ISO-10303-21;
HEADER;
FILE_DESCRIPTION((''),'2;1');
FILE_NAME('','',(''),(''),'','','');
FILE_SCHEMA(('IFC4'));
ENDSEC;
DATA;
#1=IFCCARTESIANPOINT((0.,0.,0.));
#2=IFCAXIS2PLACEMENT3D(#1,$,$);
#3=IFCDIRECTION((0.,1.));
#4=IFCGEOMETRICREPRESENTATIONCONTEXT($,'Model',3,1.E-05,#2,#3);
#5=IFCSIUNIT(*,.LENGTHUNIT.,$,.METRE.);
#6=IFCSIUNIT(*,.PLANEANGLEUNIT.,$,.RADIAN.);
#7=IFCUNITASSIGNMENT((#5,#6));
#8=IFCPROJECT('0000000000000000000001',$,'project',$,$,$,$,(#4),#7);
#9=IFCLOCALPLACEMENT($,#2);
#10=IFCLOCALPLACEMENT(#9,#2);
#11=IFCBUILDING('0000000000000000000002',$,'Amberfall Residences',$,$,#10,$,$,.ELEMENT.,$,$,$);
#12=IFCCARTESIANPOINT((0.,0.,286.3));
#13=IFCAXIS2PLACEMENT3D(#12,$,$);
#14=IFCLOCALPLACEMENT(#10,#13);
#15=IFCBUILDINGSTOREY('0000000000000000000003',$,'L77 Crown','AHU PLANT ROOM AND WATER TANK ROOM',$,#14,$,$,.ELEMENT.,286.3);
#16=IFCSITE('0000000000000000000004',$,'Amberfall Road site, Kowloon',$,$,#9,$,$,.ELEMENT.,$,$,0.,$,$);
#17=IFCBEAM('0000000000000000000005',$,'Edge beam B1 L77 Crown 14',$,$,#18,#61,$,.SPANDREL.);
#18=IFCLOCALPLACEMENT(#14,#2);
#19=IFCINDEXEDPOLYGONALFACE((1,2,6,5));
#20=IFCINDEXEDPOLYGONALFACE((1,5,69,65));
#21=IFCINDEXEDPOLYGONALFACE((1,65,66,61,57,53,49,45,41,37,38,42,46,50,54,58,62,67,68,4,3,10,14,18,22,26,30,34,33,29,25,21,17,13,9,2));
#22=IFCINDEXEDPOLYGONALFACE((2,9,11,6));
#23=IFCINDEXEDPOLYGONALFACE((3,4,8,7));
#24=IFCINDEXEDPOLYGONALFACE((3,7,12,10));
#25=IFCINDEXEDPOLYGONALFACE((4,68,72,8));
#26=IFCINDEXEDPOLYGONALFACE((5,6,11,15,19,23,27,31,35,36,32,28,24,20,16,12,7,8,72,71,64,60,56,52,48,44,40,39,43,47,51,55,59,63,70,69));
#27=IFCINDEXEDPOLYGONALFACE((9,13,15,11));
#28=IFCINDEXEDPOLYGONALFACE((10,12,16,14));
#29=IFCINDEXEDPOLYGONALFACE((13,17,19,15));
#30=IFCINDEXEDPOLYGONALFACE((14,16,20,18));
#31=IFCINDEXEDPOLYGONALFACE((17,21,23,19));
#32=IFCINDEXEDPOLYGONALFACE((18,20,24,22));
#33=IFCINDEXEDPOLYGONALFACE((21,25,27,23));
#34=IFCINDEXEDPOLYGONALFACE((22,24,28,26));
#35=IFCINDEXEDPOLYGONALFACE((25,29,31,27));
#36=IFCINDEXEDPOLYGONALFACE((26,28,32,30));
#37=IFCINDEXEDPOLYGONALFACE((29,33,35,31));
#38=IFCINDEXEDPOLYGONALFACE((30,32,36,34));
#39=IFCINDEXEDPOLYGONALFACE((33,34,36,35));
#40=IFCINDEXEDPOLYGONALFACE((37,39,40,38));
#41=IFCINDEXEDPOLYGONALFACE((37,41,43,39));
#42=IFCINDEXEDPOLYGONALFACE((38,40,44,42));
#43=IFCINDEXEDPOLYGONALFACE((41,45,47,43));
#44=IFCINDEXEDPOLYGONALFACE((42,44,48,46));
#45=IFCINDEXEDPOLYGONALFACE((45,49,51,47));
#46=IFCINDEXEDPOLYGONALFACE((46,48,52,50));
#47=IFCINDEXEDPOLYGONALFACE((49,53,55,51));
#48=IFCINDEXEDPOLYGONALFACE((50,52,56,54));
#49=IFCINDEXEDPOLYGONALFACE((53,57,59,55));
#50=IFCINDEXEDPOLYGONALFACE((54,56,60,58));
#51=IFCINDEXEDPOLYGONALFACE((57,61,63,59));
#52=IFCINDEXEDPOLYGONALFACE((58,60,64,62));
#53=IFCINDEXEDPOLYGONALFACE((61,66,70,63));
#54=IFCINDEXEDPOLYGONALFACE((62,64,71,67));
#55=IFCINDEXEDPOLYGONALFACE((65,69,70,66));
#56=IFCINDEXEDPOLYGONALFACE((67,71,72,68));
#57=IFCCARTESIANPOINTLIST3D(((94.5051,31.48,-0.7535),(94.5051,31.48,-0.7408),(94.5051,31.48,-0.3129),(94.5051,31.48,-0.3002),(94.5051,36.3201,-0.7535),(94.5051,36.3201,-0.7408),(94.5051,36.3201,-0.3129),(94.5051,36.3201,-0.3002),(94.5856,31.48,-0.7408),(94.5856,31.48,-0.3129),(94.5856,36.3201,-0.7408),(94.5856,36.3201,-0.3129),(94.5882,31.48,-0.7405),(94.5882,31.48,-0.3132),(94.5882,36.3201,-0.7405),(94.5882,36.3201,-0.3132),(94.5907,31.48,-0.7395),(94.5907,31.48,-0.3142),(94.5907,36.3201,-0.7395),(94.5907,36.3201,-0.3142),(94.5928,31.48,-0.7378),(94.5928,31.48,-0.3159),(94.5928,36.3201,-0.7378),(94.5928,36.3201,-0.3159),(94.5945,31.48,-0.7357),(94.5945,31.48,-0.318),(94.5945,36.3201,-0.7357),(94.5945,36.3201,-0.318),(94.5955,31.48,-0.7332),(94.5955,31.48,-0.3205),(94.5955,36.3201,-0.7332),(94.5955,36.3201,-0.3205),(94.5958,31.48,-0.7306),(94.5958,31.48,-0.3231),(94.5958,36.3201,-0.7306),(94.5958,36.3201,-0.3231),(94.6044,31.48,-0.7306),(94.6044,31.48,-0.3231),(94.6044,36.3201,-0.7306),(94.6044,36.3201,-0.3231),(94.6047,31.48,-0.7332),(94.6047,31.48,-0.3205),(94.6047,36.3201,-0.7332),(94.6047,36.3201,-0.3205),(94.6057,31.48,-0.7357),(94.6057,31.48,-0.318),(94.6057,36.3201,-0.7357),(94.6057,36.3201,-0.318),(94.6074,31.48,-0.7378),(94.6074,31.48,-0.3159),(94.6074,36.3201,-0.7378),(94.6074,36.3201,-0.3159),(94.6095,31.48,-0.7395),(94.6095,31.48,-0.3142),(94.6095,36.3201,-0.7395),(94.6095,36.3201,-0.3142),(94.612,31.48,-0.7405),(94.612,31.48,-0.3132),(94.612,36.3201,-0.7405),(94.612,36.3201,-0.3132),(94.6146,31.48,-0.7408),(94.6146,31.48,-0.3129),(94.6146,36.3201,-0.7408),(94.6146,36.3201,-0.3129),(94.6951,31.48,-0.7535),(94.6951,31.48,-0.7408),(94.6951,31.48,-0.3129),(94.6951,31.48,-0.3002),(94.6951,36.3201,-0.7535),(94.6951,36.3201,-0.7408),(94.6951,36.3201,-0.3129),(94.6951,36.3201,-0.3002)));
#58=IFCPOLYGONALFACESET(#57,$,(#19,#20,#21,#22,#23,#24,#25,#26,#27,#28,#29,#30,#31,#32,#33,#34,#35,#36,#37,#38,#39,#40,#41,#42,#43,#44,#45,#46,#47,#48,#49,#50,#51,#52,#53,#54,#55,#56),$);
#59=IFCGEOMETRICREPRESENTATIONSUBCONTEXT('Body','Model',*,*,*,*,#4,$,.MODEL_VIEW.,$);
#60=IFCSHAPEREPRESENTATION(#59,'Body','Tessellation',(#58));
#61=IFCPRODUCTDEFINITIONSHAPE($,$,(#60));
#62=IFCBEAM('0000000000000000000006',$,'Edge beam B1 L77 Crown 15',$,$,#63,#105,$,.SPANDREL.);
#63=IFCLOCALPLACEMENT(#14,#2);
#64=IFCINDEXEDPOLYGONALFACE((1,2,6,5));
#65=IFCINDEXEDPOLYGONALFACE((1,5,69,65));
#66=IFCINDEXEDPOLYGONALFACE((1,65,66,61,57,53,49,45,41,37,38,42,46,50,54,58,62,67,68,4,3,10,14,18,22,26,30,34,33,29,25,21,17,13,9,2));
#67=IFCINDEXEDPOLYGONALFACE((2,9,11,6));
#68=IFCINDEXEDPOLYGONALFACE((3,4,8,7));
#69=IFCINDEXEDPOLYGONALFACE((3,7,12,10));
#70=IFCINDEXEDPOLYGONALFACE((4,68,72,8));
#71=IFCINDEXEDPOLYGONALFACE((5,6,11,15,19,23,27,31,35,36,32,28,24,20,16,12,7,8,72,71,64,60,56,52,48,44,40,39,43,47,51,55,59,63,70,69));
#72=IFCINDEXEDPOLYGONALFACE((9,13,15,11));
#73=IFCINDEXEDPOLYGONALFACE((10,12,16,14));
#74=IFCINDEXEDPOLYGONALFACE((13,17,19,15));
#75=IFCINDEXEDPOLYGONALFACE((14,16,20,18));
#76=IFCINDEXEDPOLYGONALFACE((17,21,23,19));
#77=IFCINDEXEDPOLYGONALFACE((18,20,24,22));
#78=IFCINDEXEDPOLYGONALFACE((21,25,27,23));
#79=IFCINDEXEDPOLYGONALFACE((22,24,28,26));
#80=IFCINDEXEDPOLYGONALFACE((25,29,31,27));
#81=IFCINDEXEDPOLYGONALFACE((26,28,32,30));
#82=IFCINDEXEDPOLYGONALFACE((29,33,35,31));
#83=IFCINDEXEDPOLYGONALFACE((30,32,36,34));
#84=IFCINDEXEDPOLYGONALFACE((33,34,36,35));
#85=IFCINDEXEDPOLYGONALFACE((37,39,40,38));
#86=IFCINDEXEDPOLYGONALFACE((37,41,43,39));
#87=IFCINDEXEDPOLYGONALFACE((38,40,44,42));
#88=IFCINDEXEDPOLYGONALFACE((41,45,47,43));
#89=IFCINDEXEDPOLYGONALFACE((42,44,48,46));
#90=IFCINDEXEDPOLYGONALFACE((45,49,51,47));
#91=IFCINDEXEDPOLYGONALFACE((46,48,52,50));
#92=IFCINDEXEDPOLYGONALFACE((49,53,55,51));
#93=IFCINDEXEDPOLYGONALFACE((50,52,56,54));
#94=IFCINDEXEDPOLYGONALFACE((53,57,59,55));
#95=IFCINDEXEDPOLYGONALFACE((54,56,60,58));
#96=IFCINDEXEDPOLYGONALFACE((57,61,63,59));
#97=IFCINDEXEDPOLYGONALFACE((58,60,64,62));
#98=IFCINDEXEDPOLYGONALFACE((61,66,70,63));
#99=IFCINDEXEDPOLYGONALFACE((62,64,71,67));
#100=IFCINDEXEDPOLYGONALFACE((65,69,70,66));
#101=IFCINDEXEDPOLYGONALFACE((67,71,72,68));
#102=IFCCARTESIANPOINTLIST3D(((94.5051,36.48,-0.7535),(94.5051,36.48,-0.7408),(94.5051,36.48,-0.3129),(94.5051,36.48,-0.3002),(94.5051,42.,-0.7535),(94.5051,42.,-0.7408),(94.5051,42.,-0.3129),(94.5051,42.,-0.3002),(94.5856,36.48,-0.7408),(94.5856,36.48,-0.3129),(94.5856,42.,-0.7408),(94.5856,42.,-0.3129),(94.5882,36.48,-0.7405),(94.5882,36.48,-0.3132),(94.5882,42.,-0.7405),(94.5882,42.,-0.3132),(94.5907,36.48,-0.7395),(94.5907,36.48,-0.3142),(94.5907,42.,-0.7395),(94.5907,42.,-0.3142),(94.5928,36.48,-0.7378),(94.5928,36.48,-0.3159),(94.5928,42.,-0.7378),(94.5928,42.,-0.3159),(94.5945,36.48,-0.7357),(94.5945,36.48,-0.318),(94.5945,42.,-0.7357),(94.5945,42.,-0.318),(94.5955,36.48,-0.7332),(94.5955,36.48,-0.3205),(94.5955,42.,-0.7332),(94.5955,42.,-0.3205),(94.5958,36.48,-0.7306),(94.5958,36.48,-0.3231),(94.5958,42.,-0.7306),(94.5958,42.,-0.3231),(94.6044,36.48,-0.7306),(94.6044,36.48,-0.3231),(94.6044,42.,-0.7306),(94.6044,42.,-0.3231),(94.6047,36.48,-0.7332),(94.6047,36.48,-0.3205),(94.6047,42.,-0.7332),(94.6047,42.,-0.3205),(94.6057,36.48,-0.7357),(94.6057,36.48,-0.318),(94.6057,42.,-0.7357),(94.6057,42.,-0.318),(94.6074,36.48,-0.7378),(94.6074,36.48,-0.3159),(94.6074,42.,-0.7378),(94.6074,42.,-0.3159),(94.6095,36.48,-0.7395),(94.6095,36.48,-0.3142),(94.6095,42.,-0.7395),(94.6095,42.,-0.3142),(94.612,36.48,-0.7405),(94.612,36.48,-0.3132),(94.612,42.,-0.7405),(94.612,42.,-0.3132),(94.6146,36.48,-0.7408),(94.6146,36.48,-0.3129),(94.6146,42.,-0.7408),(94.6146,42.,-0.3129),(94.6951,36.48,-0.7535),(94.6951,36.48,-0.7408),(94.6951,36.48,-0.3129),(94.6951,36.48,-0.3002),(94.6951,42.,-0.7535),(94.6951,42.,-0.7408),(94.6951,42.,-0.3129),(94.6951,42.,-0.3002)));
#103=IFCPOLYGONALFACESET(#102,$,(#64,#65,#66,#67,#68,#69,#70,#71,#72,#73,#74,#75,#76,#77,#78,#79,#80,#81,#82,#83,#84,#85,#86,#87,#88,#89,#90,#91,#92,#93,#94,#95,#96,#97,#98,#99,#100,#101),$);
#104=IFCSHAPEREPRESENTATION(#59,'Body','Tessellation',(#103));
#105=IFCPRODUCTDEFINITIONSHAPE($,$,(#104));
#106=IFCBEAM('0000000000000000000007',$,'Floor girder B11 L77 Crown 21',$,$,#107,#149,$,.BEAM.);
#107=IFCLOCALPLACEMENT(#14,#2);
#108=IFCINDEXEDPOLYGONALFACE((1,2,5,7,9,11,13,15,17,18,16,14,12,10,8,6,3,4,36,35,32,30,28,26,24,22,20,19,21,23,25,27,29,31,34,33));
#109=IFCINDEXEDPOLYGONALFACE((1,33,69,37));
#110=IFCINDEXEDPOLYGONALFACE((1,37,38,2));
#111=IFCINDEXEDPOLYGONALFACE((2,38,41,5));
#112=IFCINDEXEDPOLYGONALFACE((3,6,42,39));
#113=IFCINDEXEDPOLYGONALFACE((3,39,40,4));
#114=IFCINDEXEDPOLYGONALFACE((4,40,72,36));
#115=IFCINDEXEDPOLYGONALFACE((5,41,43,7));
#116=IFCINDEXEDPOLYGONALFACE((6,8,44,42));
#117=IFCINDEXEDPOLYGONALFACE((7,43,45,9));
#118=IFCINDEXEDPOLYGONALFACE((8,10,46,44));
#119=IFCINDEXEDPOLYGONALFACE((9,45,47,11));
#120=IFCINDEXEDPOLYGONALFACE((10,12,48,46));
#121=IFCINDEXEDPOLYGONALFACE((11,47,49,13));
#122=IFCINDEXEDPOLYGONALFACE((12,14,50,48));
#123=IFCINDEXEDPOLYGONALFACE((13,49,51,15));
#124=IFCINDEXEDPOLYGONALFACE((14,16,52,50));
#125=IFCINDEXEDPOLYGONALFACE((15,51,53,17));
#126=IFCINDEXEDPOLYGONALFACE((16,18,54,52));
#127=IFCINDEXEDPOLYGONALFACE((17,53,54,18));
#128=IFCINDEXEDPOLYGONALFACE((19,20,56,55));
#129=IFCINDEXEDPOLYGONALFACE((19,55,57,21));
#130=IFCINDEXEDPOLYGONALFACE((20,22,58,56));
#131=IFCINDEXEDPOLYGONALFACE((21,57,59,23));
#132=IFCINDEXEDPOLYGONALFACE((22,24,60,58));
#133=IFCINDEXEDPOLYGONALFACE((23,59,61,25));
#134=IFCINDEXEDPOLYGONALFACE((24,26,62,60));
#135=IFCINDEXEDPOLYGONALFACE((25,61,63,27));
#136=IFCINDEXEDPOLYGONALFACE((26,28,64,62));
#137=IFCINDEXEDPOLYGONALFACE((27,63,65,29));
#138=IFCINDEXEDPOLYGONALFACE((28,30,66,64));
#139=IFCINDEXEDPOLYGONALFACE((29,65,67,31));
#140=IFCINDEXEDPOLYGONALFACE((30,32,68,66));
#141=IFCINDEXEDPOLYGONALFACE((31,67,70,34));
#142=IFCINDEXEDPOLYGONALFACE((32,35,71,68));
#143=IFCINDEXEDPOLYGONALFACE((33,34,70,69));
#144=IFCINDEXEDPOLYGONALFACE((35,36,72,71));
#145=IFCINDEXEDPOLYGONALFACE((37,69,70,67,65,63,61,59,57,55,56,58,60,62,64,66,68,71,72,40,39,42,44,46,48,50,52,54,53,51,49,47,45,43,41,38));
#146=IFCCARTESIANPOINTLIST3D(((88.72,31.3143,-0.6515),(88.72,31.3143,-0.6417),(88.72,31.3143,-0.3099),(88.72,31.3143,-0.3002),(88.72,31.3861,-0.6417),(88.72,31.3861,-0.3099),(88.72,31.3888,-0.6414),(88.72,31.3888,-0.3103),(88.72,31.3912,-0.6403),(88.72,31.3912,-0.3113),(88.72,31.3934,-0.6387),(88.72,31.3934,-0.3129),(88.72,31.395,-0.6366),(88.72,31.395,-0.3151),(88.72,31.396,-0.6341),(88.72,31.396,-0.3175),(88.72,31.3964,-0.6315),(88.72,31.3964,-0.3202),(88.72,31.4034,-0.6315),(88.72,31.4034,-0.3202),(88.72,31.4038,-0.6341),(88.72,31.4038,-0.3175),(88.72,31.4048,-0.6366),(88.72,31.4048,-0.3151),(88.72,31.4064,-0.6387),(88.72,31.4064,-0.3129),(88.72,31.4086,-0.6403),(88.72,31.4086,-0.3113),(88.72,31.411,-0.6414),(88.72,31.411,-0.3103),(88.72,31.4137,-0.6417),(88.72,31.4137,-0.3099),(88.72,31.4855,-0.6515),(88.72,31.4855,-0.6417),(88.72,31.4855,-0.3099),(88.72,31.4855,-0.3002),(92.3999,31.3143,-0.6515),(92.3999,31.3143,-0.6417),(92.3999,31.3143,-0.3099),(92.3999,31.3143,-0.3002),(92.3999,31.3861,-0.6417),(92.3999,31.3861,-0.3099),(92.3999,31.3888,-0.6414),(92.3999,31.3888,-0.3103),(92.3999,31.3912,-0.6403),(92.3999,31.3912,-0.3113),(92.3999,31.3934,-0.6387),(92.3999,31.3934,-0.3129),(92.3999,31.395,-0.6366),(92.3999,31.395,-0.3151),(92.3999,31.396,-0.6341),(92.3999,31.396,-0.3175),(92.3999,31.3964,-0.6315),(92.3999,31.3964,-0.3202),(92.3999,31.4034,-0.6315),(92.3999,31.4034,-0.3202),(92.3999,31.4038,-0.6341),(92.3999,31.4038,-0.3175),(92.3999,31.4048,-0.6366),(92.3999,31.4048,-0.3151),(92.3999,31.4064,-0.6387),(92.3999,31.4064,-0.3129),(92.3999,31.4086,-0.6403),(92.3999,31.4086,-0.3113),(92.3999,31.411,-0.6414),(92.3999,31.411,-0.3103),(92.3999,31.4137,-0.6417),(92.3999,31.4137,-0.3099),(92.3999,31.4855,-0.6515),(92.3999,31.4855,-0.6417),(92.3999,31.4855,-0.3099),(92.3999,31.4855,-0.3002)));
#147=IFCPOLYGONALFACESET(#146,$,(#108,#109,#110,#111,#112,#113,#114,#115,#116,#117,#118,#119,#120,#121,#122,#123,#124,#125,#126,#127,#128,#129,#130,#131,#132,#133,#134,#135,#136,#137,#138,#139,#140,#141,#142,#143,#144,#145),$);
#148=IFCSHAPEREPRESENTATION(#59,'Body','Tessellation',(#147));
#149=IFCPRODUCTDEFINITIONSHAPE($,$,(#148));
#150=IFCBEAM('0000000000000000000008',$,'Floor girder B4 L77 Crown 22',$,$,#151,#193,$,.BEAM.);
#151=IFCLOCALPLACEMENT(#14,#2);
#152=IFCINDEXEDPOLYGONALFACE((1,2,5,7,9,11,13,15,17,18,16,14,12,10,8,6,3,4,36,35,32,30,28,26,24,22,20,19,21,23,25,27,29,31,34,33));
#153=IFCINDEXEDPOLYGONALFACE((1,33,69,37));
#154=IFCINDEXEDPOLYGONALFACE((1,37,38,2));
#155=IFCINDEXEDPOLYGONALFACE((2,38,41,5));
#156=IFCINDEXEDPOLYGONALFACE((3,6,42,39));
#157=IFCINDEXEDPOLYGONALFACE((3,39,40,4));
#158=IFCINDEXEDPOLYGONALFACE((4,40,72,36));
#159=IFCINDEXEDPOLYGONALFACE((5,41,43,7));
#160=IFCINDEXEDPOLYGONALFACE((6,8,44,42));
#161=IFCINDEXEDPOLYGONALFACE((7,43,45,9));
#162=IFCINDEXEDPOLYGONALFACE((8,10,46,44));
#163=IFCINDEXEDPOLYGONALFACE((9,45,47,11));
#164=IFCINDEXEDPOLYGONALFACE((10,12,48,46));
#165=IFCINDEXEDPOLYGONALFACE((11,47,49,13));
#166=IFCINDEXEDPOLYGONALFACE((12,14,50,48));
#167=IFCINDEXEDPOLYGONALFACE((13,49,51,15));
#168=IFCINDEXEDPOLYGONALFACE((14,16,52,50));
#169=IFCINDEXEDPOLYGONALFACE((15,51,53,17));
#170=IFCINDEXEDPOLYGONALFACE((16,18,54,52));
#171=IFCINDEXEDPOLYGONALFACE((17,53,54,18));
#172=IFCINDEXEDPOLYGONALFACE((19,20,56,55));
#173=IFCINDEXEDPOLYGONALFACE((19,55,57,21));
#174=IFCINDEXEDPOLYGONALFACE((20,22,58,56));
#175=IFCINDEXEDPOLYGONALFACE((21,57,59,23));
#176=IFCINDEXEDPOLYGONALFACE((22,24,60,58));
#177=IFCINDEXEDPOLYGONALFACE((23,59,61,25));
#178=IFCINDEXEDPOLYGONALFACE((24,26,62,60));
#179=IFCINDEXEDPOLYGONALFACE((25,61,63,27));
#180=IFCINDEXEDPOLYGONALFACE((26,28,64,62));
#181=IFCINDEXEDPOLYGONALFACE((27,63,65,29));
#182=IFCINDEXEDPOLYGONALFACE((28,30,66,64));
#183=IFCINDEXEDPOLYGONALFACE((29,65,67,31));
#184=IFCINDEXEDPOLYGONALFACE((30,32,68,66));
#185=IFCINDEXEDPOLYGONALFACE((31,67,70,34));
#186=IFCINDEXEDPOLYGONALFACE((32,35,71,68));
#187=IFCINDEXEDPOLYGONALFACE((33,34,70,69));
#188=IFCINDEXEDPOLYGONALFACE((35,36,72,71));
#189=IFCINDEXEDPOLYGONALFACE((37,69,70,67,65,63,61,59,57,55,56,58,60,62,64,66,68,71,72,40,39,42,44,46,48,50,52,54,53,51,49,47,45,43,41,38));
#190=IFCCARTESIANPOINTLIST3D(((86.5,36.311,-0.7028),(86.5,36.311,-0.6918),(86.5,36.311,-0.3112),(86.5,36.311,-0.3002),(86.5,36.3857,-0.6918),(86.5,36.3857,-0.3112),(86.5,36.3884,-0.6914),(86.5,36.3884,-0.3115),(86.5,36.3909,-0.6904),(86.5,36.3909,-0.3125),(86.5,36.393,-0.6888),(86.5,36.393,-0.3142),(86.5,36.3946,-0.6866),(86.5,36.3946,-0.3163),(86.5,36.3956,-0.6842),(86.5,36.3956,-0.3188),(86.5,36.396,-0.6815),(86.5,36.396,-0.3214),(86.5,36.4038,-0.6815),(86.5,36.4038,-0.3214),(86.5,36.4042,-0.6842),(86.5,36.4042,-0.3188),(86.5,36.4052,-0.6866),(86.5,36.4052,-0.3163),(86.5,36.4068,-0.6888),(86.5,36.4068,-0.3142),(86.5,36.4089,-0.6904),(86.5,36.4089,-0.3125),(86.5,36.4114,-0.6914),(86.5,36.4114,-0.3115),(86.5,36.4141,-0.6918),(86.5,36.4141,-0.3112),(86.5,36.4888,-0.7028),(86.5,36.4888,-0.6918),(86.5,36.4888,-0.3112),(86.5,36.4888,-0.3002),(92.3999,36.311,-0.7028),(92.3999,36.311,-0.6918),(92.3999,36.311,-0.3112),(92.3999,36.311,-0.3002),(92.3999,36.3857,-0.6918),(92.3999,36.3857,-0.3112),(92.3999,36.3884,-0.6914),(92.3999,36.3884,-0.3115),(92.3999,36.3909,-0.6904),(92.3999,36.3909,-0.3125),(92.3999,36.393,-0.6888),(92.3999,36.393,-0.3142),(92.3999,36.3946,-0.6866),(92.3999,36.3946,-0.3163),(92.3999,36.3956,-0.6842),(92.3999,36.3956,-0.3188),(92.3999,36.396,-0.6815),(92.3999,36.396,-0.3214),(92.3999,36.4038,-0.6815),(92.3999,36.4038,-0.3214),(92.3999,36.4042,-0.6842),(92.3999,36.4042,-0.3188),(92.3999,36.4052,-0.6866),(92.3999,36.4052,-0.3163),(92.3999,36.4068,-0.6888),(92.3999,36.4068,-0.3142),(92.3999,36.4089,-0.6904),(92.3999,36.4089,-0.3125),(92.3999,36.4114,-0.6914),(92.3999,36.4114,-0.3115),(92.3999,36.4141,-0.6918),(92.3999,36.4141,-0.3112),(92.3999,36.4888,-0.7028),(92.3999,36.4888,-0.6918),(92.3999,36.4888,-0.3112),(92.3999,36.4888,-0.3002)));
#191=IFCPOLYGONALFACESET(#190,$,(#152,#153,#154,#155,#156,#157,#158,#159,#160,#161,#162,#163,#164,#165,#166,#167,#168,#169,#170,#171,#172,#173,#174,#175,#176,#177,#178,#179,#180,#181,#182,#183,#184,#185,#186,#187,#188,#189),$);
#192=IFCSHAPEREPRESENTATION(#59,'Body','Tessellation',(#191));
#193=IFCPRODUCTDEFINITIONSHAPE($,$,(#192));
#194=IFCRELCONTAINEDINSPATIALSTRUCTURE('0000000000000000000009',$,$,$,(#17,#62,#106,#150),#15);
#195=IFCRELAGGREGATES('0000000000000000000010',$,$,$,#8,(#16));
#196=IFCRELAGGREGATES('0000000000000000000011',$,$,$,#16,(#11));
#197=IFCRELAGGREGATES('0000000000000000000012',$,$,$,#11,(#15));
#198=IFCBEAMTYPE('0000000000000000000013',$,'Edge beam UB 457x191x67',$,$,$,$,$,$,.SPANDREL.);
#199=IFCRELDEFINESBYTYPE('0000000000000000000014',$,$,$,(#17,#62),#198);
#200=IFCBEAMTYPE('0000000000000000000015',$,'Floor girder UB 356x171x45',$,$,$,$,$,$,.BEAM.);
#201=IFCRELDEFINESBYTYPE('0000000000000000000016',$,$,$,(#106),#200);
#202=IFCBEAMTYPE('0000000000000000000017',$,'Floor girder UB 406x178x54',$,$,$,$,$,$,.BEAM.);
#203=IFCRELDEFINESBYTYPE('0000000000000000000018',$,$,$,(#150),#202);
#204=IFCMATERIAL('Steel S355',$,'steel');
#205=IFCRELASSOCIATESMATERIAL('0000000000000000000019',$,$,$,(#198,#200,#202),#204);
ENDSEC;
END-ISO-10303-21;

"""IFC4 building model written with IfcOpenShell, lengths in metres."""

from ifc_helpers import new_model, si_unit, direction, frame, origin, origin_2d, place, context, subcontext, project, spatial, i_section, extrude, material, material_profile, profile_set, type_object, element, save


model = new_model("IFC4")

# Units and contexts
model_context = context("Model", 3, precision=1e-05, world=origin(), true_north=direction((0.0, 1.0)))
body_context = subcontext(model_context, "Body", "Model", "MODEL_VIEW")
ifc_project = project(units=[si_unit("LENGTHUNIT", "METRE"), si_unit("PLANEANGLEUNIT", "RADIAN")], contexts=[model_context])

# Site, building, storey
site_placement = place(None, origin())
site = spatial("IfcSite", under=ifc_project, at=site_placement, Name="Amberfall Road site, Kowloon", CompositionType="ELEMENT", RefElevation=0.0)
building_placement = place(site_placement, origin())
building = spatial("IfcBuilding", under=site, at=building_placement, Name="Amberfall Residences", CompositionType="ELEMENT")
storey_placement = place(building_placement, frame((0.0, 0.0, 286.3)))
storey = spatial("IfcBuildingStorey", under=building, at=storey_placement, Name="L77 Crown", Description="AHU PLANT ROOM AND WATER TANK ROOM", CompositionType="ELEMENT", Elevation=286.3)

# Beams
ifc_material_1 = material(Name="Steel S355", Category="steel")
ifc_material_profile_1 = material_profile(ifc_material_1, i_section(OverallWidth=0.1899, OverallDepth=0.4534, WebThickness=0.0085, FlangeThickness=0.0127, FilletRadius=0.0103, at=origin_2d()), Name="UB 457x191x67")
ifc_profile_set_1 = profile_set([ifc_material_profile_1], Name="Steel S355")
beam_type_1 = type_object("IfcBeamType", Name="Edge beam UB 457x191x67", PredefinedType="SPANDREL", material=ifc_profile_set_1)
beam_1_placement = place(storey_placement, frame((94.6001, 31.48, -0.5269), z_axis=(0.0, 1.0, 0.0), x_axis=(-1.0, 0.0, 0.0)))
element("IfcBeam", 1, at=beam_1_placement, inside=storey, type_object=beam_type_1, Name="Edge beam B1 L77 Crown 14", PredefinedType="SPANDREL", context=body_context, shape_type="SweptSolid", body=[
    extrude(i_section(OverallWidth=0.1899, OverallDepth=0.4534, WebThickness=0.0085, FlangeThickness=0.0127, FilletRadius=0.0103, at=origin_2d()), origin(), (0.0, 0.0, 1.0), 4.8401),
])
beam_2_placement = place(storey_placement, frame((94.6001, 36.48, -0.5269), z_axis=(0.0, 1.0, 0.0), x_axis=(-1.0, 0.0, 0.0)))
element("IfcBeam", 2, at=beam_2_placement, inside=storey, type_object=beam_type_1, Name="Edge beam B1 L77 Crown 15", PredefinedType="SPANDREL", context=body_context, shape_type="SweptSolid", body=[
    extrude(i_section(OverallWidth=0.1899, OverallDepth=0.4534, WebThickness=0.0085, FlangeThickness=0.0127, FilletRadius=0.0103, at=origin_2d()), origin(), (0.0, 0.0, 1.0), 5.52),
])
ifc_material_profile_2 = material_profile(ifc_material_1, i_section(OverallWidth=0.1711, OverallDepth=0.3513, WebThickness=0.0071, FlangeThickness=0.0098, FilletRadius=0.0103, at=origin_2d()), Name="UB 356x171x45")
ifc_profile_set_2 = profile_set([ifc_material_profile_2], Name="Steel S355")
beam_type_2 = type_object("IfcBeamType", Name="Floor girder UB 356x171x45", PredefinedType="BEAM", material=ifc_profile_set_2)
beam_3_placement = place(storey_placement, frame((92.3999, 31.3999, -0.4758), z_axis=(-1.0, 0.0, 0.0), x_axis=(0.0, -1.0, 0.0)))
element("IfcBeam", 3, at=beam_3_placement, inside=storey, type_object=beam_type_2, Name="Floor girder B11 L77 Crown 21", PredefinedType="BEAM", context=body_context, shape_type="SweptSolid", body=[
    extrude(i_section(OverallWidth=0.1711, OverallDepth=0.3513, WebThickness=0.0071, FlangeThickness=0.0098, FilletRadius=0.0103, at=origin_2d()), origin(), (0.0, 0.0, 1.0), 3.6799),
])
ifc_material_profile_3 = material_profile(ifc_material_1, i_section(OverallWidth=0.1777, OverallDepth=0.4026, WebThickness=0.0078, FlangeThickness=0.011, FilletRadius=0.0103, at=origin_2d()), Name="UB 406x178x54")
ifc_profile_set_3 = profile_set([ifc_material_profile_3], Name="Steel S355")
beam_type_3 = type_object("IfcBeamType", Name="Floor girder UB 406x178x54", PredefinedType="BEAM", material=ifc_profile_set_3)
beam_4_placement = place(storey_placement, frame((92.3999, 36.3999, -0.5015), z_axis=(-1.0, 0.0, 0.0), x_axis=(0.0, -1.0, 0.0)))
element("IfcBeam", 4, at=beam_4_placement, inside=storey, type_object=beam_type_3, Name="Floor girder B4 L77 Crown 22", PredefinedType="BEAM", context=body_context, shape_type="SweptSolid", body=[
    extrude(i_section(OverallWidth=0.1777, OverallDepth=0.4026, WebThickness=0.0078, FlangeThickness=0.011, FilletRadius=0.0103, at=origin_2d()), origin(), (0.0, 0.0, 1.0), 5.8999),
])

save(model, "model.ifc")
